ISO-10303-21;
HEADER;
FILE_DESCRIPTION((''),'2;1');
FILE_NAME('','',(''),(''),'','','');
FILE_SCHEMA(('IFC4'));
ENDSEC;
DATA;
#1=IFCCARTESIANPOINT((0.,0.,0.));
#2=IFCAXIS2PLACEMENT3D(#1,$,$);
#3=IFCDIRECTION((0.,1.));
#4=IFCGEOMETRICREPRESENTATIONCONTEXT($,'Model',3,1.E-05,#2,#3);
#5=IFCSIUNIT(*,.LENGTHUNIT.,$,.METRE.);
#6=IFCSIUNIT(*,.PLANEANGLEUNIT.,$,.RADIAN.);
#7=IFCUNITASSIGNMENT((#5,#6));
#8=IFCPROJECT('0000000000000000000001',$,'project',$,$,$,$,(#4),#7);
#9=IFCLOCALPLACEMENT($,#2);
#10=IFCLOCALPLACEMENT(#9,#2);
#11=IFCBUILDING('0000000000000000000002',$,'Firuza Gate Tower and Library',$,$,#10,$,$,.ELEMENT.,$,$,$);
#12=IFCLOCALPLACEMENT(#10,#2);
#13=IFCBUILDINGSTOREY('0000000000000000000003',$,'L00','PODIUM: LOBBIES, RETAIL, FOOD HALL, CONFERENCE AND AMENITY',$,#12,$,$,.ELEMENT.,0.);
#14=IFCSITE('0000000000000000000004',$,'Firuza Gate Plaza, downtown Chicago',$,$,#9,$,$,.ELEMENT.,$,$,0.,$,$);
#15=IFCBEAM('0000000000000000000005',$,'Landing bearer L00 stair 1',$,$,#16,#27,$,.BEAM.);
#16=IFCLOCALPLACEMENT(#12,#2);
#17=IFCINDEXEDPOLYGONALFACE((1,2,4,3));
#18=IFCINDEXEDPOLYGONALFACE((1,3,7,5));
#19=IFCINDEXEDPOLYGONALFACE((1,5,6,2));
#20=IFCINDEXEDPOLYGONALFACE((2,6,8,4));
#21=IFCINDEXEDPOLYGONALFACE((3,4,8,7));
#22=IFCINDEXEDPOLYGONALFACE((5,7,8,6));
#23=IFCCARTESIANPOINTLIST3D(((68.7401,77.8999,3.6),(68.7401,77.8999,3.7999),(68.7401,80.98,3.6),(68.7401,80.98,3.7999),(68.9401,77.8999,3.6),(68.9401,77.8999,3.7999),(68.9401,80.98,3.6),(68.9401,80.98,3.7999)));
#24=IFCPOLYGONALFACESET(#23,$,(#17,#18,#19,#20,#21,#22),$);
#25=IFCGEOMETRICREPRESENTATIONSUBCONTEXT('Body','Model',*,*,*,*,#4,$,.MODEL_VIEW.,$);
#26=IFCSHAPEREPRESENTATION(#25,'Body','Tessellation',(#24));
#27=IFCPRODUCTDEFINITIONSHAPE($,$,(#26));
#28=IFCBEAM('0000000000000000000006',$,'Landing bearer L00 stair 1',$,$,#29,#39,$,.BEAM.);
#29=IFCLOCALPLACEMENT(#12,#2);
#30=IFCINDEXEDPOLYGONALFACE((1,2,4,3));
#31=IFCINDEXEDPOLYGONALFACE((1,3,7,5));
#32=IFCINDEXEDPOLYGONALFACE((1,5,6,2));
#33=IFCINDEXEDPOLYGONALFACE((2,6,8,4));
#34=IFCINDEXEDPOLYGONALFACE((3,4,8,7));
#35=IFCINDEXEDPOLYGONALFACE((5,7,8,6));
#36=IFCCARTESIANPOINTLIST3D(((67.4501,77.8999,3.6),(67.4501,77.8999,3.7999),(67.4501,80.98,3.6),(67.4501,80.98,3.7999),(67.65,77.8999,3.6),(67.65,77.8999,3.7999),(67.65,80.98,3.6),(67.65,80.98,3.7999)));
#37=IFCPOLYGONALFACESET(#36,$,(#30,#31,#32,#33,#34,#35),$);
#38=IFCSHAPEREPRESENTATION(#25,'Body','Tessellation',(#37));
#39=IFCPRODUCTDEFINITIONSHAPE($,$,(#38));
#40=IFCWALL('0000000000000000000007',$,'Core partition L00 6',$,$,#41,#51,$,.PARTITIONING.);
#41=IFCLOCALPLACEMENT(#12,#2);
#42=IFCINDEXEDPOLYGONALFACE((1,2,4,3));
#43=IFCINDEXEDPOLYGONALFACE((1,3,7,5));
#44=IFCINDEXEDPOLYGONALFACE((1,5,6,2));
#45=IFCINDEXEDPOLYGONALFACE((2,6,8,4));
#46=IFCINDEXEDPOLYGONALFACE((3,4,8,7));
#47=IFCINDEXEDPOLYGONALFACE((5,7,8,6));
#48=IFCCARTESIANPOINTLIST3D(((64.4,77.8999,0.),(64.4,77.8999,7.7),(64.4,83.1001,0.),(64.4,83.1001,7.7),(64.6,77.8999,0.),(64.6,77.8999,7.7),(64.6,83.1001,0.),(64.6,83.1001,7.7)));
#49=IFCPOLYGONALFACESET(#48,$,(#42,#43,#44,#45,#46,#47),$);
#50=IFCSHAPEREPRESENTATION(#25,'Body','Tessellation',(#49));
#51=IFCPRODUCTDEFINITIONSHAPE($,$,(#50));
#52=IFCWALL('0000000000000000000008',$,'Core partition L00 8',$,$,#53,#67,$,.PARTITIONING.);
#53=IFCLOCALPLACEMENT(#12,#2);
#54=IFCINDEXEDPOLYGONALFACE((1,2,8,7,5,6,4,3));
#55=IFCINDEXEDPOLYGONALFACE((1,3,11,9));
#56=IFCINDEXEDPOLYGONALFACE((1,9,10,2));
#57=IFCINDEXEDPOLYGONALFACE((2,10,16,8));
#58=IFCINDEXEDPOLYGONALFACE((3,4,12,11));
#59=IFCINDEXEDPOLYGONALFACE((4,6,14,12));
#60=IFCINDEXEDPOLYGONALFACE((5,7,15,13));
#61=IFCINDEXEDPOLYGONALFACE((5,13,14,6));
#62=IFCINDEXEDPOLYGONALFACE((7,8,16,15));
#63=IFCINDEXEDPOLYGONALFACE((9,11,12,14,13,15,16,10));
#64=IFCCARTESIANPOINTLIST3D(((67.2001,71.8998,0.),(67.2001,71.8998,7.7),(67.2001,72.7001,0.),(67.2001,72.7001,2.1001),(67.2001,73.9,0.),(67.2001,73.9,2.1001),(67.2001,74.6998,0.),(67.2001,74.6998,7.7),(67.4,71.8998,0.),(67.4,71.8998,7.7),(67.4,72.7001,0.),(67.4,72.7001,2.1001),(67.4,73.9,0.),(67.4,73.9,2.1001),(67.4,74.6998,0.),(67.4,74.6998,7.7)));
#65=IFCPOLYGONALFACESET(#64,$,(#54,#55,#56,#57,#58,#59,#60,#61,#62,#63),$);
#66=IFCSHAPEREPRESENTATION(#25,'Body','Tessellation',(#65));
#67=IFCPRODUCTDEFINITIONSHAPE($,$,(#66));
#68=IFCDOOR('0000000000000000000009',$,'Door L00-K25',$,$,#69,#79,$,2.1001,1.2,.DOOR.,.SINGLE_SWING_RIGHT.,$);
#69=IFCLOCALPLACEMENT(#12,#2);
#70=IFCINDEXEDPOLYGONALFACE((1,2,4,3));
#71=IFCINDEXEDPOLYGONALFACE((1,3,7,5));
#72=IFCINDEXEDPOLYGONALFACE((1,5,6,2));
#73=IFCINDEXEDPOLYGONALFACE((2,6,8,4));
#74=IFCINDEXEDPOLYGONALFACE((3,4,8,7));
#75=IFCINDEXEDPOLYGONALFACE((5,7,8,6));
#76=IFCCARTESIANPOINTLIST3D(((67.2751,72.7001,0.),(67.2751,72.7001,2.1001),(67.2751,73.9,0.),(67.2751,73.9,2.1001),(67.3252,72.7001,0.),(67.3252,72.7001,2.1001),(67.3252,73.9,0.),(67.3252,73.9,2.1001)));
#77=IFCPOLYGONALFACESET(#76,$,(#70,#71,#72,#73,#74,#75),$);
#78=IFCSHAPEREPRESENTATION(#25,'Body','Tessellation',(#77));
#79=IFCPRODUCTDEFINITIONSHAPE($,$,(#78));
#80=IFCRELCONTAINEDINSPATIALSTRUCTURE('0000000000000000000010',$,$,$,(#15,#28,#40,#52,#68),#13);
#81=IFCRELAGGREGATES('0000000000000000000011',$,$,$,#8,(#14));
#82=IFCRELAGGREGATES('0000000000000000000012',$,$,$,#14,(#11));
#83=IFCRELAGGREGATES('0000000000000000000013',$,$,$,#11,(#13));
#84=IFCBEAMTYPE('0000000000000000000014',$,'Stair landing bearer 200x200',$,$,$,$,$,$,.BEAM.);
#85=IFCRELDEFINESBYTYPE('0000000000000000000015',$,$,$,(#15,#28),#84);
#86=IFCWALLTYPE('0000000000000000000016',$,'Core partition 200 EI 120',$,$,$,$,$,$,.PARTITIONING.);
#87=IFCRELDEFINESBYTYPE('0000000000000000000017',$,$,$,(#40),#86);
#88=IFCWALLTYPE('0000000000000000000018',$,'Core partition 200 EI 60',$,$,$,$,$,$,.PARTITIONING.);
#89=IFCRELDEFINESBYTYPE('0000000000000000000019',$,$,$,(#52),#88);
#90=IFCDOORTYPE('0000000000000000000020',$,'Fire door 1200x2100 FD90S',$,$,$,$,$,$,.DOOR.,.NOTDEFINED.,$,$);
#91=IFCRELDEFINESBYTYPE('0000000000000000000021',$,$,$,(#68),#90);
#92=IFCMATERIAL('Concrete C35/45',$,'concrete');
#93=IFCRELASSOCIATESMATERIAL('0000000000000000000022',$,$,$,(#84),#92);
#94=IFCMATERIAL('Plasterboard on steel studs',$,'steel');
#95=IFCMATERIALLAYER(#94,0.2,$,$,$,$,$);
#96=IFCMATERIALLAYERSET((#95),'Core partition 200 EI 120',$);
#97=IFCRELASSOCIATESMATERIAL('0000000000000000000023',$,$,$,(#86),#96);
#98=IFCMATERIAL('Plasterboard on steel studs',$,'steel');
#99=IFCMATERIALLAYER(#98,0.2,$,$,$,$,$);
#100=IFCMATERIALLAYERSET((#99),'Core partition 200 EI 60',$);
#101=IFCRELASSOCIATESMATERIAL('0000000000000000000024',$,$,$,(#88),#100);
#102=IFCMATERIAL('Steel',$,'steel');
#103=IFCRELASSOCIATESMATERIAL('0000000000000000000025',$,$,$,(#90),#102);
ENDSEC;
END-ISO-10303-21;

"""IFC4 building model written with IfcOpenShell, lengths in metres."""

from ifc_helpers import new_model, si_unit, direction, frame, frame_2d, origin, origin_2d, place, context, subcontext, project, spatial, rectangle, extrude, material, layer, layer_set, material_profile, profile_set, type_object, element, fill, save


model = new_model("IFC4")

# Units and contexts
model_context = context("Model", 3, precision=1e-05, world=origin(), true_north=direction((0.0, 1.0)))
body_context = subcontext(model_context, "Body", "Model", "MODEL_VIEW")
ifc_project = project(units=[si_unit("LENGTHUNIT", "METRE"), si_unit("PLANEANGLEUNIT", "RADIAN")], contexts=[model_context])

# Site, building, storey
site_placement = place(None, origin())
site = spatial("IfcSite", under=ifc_project, at=site_placement, Name="Firuza Gate Plaza, downtown Chicago", CompositionType="ELEMENT", RefElevation=0.0)
building_placement = place(site_placement, origin())
building = spatial("IfcBuilding", under=site, at=building_placement, Name="Firuza Gate Tower and Library", CompositionType="ELEMENT")
storey_placement = place(building_placement, origin())
storey = spatial("IfcBuildingStorey", under=building, at=storey_placement, Name="L00", Description="PODIUM: LOBBIES, RETAIL, FOOD HALL, CONFERENCE AND AMENITY", CompositionType="ELEMENT", Elevation=0.0)

# Beams
ifc_material_1 = material(Name="Concrete C35/45", Category="concrete")
ifc_material_profile = material_profile(ifc_material_1, rectangle(XDim=0.2, YDim=0.2, at=origin_2d()))
ifc_profile_set = profile_set([ifc_material_profile], Name="Concrete C35/45")
beam_type = type_object("IfcBeamType", Name="Stair landing bearer 200x200", PredefinedType="BEAM", material=ifc_profile_set)
for number, where, z_axis, x_axis, name in (
    (1, (68.8401, 77.8999, 3.7), (0.0, 1.0, 0.0), (-1.0, 0.0, 0.0), "Landing bearer L00 stair 1"),
    (2, (67.55, 77.8999, 3.7), (0.0, 1.0, 0.0), (-1.0, 0.0, 0.0), "Landing bearer L00 stair 1"),
):
    element("IfcBeam", number, at=place(storey_placement, frame(where, z_axis=z_axis, x_axis=x_axis)), inside=storey, type_object=beam_type, Name=name, PredefinedType="BEAM", context=body_context, shape_type="SweptSolid", body=[
        extrude(rectangle(XDim=0.2, YDim=0.2, at=origin_2d()), origin(), (0.0, 0.0, 1.0), 3.0801),
    ])

# Wall
ifc_material_2 = material(Name="Plasterboard on steel studs", Category="steel")
ifc_layer_1 = layer(ifc_material_2, 0.2)
ifc_layer_set_1 = layer_set([ifc_layer_1], Name="Core partition 200 EI 120")
wall_type_1 = type_object("IfcWallType", Name="Core partition 200 EI 120", PredefinedType="PARTITIONING", material=ifc_layer_set_1)
wall_1_placement = place(storey_placement, frame((64.5, 77.8999, 0.0), z_axis=(0.0, 0.0, 1.0), x_axis=(0.0, 1.0, 0.0)))
element("IfcWall", 3, at=wall_1_placement, inside=storey, type_object=wall_type_1, Name="Core partition L00 6", PredefinedType="PARTITIONING", context=body_context, shape_type="SweptSolid", body=[
    extrude(rectangle(XDim=5.2002, YDim=0.2, at=frame_2d((2.6001, 0.0))), origin(), (0.0, 0.0, 1.0), 7.7),
])

# Wall, opening, door
ifc_material_3 = material(Name="Plasterboard on steel studs", Category="steel")
ifc_layer_2 = layer(ifc_material_3, 0.2)
ifc_layer_set_2 = layer_set([ifc_layer_2], Name="Core partition 200 EI 60")
wall_type_2 = type_object("IfcWallType", Name="Core partition 200 EI 60", PredefinedType="PARTITIONING", material=ifc_layer_set_2)
wall_2_placement = place(storey_placement, frame((67.3, 71.8999, 0.0), z_axis=(0.0, 0.0, 1.0), x_axis=(0.0, 1.0, 0.0)))
wall_2 = element("IfcWall", 4, at=wall_2_placement, inside=storey, type_object=wall_type_2, Name="Core partition L00 8", PredefinedType="PARTITIONING", context=body_context, shape_type="SweptSolid", body=[
    extrude(rectangle(XDim=2.8, YDim=0.2, at=frame_2d((1.3999, 0.0))), origin(), (0.0, 0.0, 1.0), 7.7),
])
opening_1_placement = place(wall_2_placement, frame((0.8, 0.0, 0.0)))
opening_1 = element("IfcOpeningElement", 5, at=opening_1_placement, cuts=wall_2, PredefinedType="OPENING", context=body_context, shape_type="SweptSolid", body=[
    extrude(rectangle(XDim=1.2, YDim=2.1001, at=frame_2d((0.6001, 1.05))), frame((0.0, 0.1099, 0.0), z_axis=(0.0, -1.0, 0.0), x_axis=(1.0, 0.0, 0.0)), (0.0, 0.0, 1.0), 0.22),
])
ifc_material_4 = material(Name="Steel", Category="steel")
door_type_1 = type_object("IfcDoorType", Name="Fire door 1200x2100 FD90S", OperationType="NOTDEFINED", PredefinedType="DOOR", material=ifc_material_4)
door_1_placement = place(opening_1_placement, origin())
door_1 = element("IfcDoor", 6, at=door_1_placement, inside=storey, type_object=door_type_1, Name="Door L00-K25", OperationType="SINGLE_SWING_RIGHT", OverallHeight=2.1001, OverallWidth=1.2, PredefinedType="DOOR", context=body_context, shape_type="SweptSolid", body=[
    extrude(rectangle(XDim=1.2, YDim=2.1001, at=frame_2d((0.6001, 1.05))), frame((0.0, 0.0249, 0.0), z_axis=(0.0, -1.0, 0.0), x_axis=(1.0, 0.0, 0.0)), (0.0, 0.0, 1.0), 0.05),
])
fill(opening_1, door_1)

save(model, "model.ifc")
